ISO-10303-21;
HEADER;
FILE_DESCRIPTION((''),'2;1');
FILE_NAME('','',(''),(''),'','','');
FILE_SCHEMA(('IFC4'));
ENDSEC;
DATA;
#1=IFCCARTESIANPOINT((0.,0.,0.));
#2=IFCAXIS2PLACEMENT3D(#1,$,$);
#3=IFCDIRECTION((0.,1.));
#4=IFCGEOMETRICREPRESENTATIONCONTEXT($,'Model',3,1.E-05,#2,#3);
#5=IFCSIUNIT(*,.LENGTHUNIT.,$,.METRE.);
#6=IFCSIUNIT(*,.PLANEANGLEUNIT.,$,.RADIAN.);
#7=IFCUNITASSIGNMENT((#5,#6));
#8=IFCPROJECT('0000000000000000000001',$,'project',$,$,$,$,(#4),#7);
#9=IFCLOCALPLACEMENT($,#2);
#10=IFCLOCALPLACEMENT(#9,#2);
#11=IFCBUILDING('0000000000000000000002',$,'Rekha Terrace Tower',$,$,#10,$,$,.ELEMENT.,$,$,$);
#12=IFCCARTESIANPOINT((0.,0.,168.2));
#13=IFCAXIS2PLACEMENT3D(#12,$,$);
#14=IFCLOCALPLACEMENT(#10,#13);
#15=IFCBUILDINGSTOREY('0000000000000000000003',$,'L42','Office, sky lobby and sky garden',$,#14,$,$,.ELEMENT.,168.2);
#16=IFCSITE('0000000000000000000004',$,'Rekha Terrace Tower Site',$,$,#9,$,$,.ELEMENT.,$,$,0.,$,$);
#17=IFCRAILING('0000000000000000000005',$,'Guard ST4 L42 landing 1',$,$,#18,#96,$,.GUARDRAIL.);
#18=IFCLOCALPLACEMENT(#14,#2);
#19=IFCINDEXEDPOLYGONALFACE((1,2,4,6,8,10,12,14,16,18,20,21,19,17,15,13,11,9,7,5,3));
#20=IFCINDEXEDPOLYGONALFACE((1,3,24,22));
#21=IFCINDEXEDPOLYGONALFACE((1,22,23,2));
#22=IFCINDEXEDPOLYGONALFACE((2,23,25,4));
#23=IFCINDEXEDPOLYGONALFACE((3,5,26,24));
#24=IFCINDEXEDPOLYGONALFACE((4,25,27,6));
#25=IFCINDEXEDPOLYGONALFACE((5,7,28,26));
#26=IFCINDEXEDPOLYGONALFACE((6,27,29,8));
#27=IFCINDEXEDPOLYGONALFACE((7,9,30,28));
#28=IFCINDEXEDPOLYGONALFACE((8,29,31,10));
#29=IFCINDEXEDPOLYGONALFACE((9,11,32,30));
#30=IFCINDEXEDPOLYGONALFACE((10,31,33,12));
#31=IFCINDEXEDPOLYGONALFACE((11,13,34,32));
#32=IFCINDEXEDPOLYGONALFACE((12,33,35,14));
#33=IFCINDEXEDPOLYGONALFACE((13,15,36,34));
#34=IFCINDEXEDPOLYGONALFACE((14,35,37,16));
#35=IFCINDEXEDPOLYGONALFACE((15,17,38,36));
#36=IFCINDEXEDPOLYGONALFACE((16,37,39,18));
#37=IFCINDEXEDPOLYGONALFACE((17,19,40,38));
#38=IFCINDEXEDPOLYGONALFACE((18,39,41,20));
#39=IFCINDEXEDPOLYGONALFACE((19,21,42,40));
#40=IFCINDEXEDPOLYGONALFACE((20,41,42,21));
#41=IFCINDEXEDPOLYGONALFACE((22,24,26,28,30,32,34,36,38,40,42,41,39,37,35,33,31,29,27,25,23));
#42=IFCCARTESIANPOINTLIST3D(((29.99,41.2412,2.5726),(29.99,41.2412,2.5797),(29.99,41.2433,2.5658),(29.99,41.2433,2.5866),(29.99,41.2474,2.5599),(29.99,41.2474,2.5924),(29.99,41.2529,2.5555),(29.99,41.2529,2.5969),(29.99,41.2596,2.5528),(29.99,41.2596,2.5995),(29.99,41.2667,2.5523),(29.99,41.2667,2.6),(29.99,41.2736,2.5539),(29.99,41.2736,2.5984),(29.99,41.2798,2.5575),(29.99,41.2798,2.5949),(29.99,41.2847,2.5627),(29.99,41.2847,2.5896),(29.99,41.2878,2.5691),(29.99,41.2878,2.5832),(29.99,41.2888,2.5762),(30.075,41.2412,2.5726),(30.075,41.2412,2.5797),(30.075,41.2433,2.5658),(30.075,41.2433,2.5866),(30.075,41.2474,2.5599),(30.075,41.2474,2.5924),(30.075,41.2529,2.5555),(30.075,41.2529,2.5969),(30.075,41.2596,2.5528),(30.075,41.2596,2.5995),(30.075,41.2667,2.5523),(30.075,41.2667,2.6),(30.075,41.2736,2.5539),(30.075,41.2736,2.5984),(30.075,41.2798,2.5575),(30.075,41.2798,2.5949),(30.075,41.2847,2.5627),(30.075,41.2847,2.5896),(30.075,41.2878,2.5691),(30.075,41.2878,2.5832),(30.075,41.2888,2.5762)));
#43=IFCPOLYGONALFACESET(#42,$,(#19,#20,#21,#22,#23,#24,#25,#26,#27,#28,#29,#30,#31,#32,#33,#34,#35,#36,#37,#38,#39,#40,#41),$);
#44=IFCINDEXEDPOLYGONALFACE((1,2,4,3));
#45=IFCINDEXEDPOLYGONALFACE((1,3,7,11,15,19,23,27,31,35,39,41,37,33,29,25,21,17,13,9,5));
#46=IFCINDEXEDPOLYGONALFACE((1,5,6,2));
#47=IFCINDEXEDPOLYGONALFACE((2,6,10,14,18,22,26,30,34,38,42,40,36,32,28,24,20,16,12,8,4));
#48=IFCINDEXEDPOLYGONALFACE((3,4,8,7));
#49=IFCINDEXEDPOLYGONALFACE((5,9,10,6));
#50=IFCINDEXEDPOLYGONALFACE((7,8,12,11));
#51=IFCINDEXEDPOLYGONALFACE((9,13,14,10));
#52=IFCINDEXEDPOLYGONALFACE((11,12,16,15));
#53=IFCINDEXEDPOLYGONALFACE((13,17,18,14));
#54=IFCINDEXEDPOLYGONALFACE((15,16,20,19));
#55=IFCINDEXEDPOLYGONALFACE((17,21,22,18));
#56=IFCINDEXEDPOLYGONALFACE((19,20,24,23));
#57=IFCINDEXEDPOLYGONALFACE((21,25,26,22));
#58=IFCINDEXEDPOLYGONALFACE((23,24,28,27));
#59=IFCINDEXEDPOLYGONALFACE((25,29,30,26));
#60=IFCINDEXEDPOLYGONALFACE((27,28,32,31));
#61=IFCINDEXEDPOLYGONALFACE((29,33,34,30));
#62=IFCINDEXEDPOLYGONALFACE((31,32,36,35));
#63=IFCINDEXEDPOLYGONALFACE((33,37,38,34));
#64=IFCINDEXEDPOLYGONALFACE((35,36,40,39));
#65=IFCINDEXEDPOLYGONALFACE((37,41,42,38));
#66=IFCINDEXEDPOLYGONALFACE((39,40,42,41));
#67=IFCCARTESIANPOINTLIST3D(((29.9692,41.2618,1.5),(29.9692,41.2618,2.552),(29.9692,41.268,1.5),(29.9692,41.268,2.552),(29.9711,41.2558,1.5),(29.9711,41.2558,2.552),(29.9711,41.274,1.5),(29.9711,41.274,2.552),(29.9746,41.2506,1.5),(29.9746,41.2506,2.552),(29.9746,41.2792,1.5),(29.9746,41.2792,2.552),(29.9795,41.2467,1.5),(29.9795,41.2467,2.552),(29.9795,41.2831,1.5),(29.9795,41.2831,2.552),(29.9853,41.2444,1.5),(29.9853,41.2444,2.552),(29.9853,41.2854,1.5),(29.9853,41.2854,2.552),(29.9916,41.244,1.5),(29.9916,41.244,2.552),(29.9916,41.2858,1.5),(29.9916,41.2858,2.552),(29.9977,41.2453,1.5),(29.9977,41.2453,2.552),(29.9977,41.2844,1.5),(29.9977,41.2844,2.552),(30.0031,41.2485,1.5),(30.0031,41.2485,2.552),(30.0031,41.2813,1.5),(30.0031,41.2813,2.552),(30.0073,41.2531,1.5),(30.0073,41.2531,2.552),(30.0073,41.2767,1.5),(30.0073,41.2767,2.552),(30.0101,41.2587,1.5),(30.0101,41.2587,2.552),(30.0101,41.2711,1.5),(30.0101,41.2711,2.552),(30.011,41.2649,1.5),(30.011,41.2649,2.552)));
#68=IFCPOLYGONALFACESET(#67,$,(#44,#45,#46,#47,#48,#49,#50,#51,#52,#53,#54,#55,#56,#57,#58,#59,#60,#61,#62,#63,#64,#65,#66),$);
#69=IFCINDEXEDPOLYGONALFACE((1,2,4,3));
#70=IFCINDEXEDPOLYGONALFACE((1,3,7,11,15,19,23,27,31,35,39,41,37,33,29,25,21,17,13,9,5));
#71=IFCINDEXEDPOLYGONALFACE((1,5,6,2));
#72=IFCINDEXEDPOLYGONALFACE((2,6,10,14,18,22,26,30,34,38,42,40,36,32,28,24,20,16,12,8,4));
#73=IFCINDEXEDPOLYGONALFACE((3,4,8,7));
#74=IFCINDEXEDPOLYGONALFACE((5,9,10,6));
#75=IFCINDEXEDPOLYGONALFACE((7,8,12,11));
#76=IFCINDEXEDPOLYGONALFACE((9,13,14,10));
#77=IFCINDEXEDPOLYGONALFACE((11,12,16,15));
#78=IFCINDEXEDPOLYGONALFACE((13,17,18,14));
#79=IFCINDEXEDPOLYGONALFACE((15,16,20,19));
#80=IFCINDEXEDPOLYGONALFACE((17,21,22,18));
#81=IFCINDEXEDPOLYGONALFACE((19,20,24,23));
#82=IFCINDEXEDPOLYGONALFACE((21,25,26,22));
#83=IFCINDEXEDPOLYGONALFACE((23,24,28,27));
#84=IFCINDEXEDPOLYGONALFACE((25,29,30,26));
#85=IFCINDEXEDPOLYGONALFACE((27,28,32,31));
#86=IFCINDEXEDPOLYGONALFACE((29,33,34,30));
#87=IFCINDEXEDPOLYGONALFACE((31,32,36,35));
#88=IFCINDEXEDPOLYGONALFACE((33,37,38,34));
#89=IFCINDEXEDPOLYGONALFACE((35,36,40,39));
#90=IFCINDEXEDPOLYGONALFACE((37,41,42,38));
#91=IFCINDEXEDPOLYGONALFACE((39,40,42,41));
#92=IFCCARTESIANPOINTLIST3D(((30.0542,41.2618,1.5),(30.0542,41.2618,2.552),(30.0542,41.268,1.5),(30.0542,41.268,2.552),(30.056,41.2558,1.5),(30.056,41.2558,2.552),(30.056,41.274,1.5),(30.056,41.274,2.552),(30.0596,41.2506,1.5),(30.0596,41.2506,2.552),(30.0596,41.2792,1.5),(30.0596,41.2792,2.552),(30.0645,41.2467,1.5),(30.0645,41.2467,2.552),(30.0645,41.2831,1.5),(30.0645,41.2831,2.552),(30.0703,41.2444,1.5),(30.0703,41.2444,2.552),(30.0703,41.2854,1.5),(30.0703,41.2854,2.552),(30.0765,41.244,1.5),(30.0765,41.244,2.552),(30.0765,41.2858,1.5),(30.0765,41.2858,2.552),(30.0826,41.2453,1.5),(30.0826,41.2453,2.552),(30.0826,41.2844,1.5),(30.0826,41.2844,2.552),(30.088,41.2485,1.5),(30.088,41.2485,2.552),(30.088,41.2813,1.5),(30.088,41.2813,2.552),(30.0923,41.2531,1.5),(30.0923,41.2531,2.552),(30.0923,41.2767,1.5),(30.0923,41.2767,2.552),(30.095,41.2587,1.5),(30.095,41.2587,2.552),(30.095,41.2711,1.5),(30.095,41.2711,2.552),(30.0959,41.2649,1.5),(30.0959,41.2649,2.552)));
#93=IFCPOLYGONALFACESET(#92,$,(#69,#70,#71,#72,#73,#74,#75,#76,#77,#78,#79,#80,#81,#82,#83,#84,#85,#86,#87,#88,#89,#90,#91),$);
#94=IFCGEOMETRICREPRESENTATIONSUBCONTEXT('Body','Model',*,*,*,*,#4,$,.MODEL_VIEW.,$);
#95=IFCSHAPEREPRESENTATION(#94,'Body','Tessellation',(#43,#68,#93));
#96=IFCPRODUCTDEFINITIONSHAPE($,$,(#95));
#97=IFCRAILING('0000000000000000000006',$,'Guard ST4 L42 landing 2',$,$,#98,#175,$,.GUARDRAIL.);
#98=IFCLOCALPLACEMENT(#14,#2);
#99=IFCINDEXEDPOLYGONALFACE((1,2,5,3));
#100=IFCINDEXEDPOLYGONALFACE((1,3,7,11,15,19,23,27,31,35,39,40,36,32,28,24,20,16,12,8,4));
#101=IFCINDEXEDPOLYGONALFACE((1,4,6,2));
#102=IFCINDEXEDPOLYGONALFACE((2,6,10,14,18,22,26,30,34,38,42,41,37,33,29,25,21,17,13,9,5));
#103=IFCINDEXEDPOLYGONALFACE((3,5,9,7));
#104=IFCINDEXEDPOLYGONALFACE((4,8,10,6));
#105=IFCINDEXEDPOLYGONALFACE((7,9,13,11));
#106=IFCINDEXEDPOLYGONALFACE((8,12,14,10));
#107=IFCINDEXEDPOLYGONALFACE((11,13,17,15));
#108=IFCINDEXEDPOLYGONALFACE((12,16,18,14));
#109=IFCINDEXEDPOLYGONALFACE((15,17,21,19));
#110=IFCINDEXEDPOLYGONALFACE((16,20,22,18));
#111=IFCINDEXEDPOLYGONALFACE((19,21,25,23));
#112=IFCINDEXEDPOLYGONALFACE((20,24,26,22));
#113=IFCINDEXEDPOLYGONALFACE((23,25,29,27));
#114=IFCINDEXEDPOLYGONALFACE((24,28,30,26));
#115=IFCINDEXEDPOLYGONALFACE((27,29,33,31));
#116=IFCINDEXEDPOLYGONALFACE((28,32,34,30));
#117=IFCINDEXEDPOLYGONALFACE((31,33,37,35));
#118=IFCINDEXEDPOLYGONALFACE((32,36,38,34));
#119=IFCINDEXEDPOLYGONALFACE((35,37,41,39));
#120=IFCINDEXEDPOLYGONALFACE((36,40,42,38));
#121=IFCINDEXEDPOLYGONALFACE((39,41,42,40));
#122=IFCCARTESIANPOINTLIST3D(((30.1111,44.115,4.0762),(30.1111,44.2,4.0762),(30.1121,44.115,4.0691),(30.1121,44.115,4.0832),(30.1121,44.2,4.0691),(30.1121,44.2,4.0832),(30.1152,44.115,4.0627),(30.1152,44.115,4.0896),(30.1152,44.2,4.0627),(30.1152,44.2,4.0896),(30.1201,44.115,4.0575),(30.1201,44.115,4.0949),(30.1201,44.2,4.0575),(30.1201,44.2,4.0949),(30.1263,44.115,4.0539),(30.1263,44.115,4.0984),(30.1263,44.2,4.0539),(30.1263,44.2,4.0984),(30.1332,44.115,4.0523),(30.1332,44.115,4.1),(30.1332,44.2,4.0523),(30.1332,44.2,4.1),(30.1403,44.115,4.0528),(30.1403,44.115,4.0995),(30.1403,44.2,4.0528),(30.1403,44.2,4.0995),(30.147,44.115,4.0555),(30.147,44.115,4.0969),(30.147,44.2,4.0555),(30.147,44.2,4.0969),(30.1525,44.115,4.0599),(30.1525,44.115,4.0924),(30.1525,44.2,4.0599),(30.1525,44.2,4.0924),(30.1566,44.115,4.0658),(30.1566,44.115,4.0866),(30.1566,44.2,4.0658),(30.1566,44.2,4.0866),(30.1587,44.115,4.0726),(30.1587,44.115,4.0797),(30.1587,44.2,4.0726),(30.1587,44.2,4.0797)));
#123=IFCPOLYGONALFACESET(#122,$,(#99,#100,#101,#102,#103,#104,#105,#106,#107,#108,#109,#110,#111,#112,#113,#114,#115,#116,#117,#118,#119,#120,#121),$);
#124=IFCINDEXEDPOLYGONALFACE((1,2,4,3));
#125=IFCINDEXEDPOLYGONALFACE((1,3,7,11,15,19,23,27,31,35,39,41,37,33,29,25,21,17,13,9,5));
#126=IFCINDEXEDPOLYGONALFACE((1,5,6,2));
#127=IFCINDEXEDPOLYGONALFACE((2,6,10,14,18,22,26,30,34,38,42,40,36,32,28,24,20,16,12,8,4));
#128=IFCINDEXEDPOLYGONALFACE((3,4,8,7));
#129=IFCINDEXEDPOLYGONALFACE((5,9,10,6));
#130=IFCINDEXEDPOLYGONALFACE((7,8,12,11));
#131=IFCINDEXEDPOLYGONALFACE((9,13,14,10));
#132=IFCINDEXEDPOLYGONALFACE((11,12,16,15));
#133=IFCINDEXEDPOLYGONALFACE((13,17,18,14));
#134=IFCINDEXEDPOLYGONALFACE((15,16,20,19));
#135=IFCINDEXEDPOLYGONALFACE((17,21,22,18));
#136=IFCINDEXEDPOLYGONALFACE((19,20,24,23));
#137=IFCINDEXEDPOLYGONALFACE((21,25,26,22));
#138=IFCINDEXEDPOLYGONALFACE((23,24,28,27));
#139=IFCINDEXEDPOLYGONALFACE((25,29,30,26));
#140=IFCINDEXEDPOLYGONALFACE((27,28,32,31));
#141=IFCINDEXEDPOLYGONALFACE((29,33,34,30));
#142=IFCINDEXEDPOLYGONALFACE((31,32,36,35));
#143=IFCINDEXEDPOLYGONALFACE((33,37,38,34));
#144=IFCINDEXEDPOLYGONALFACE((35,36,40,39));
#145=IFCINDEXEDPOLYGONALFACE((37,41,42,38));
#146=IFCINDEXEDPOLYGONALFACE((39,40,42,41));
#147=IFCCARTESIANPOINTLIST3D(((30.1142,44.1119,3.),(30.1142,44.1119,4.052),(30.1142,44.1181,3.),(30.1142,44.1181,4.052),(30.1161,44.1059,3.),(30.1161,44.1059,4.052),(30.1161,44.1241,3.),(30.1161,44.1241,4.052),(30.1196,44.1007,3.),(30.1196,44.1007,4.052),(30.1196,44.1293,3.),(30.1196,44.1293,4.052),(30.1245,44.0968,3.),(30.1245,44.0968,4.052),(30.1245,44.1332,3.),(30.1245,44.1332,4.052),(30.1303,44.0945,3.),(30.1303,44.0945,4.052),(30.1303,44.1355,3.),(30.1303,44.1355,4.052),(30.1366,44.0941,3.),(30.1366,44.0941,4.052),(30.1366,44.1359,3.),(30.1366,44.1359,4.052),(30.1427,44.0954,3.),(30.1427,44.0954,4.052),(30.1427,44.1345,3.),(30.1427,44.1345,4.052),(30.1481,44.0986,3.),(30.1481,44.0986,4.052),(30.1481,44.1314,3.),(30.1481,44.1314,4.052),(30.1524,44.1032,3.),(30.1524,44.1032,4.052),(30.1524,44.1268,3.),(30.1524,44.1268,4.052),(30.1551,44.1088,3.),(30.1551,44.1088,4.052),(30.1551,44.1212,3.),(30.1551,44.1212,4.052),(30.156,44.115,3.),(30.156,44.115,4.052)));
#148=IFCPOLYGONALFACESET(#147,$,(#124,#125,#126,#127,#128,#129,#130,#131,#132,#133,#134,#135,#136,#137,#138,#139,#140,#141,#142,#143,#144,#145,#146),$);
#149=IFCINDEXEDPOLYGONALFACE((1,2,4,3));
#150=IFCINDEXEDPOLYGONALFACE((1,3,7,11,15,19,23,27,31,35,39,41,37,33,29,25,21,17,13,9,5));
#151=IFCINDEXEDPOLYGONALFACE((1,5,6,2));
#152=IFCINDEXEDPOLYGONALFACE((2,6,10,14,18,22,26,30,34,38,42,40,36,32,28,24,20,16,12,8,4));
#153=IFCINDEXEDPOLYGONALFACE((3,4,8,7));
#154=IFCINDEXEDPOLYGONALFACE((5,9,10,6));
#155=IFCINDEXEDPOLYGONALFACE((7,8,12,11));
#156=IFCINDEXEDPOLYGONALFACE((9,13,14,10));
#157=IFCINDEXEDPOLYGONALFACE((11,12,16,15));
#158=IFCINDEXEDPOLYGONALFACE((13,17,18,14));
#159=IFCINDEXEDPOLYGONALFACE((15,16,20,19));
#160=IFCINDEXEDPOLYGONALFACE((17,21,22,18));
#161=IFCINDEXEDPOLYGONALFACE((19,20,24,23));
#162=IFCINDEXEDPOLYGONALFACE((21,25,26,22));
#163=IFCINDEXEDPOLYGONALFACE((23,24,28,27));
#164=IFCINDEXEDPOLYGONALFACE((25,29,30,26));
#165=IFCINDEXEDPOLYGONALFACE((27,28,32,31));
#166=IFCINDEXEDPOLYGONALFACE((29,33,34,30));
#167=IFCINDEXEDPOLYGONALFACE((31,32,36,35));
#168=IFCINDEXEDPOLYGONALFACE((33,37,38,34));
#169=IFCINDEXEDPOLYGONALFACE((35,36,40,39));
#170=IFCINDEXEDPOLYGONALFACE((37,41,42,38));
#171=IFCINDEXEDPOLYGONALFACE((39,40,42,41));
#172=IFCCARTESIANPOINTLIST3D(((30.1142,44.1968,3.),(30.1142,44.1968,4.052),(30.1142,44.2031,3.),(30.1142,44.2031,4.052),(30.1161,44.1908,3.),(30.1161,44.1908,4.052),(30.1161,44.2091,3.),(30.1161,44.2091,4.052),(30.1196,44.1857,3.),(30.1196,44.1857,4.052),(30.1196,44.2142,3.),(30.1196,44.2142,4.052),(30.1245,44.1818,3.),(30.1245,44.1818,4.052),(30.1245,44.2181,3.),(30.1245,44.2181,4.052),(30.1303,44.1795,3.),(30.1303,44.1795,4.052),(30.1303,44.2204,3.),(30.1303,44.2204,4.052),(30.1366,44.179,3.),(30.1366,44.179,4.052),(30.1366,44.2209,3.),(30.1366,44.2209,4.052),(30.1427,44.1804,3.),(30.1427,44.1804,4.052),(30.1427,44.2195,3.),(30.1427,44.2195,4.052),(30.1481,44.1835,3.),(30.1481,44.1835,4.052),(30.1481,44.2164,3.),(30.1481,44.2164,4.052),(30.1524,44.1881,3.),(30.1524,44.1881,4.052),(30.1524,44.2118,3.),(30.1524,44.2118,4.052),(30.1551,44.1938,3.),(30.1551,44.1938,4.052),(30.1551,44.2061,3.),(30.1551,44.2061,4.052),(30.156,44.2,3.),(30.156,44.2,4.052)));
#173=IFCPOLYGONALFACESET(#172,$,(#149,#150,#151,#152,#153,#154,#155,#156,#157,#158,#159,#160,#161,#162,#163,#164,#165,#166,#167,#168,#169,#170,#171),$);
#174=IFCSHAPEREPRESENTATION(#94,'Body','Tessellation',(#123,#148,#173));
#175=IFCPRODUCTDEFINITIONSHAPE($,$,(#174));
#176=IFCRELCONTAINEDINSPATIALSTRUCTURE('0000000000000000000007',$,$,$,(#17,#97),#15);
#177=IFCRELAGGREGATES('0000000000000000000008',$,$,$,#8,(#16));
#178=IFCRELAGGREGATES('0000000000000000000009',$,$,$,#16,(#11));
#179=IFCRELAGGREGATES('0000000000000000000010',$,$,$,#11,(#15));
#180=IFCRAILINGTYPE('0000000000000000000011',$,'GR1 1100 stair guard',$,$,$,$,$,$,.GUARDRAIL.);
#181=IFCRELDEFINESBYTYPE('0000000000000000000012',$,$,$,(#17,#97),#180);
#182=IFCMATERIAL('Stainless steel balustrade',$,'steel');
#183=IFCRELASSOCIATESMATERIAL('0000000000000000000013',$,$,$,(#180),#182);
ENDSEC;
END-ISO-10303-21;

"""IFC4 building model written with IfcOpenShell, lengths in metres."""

from ifc_helpers import new_model, si_unit, direction, frame, origin, origin_2d, place, context, subcontext, project, spatial, circle, extrude, material, type_object, element, save


model = new_model("IFC4")

# Units and contexts
model_context = context("Model", 3, precision=1e-05, world=origin(), true_north=direction((0.0, 1.0)))
body_context = subcontext(model_context, "Body", "Model", "MODEL_VIEW")
ifc_project = project(units=[si_unit("LENGTHUNIT", "METRE"), si_unit("PLANEANGLEUNIT", "RADIAN")], contexts=[model_context])

# Site, building, storey
site_placement = place(None, origin())
site = spatial("IfcSite", under=ifc_project, at=site_placement, Name="Rekha Terrace Tower Site", CompositionType="ELEMENT", RefElevation=0.0)
building_placement = place(site_placement, origin())
building = spatial("IfcBuilding", under=site, at=building_placement, Name="Rekha Terrace Tower", CompositionType="ELEMENT")
storey_placement = place(building_placement, frame((0.0, 0.0, 168.2)))
storey = spatial("IfcBuildingStorey", under=building, at=storey_placement, Name="L42", Description="Office, sky lobby and sky garden", CompositionType="ELEMENT", Elevation=168.2)

# Railings
ifc_material_1 = material(Name="Stainless steel balustrade", Category="steel")
railing_type_1 = type_object("IfcRailingType", Name="GR1 1100 stair guard", PredefinedType="GUARDRAIL", material=ifc_material_1)
railing_1_placement = place(storey_placement, frame((29.99, 41.2649, 1.5)))
element("IfcRailing", 1, at=railing_1_placement, inside=storey, type_object=railing_type_1, Name="Guard ST4 L42 landing 1", PredefinedType="GUARDRAIL", context=body_context, shape_type="SweptSolid", body=[
    extrude(circle(Radius=0.0239, at=origin_2d()), frame((0.0, 0.0, 1.0762), z_axis=(1.0, 0.0, 0.0), x_axis=(0.0, 1.0, 0.0)), (0.0, 0.0, 1.0), 0.085),
    extrude(circle(Radius=0.021, at=origin_2d()), origin(), (0.0, 0.0, 1.0), 1.052),
    extrude(circle(Radius=0.021, at=origin_2d()), frame((0.085, 0.0, 0.0)), (0.0, 0.0, 1.0), 1.052),
])
railing_2_placement = place(storey_placement, frame((30.135, 44.115, 3.0)))
element("IfcRailing", 2, at=railing_2_placement, inside=storey, type_object=railing_type_1, Name="Guard ST4 L42 landing 2", PredefinedType="GUARDRAIL", context=body_context, shape_type="SweptSolid", body=[
    extrude(circle(Radius=0.0239, at=origin_2d()), frame((0.0, 0.0, 1.0762), z_axis=(0.0, 1.0, 0.0), x_axis=(-1.0, 0.0, 0.0)), (0.0, 0.0, 1.0), 0.085),
    extrude(circle(Radius=0.021, at=origin_2d()), origin(), (0.0, 0.0, 1.0), 1.052),
    extrude(circle(Radius=0.021, at=origin_2d()), frame((0.0, 0.085, 0.0)), (0.0, 0.0, 1.0), 1.052),
])

save(model, "model.ifc")
